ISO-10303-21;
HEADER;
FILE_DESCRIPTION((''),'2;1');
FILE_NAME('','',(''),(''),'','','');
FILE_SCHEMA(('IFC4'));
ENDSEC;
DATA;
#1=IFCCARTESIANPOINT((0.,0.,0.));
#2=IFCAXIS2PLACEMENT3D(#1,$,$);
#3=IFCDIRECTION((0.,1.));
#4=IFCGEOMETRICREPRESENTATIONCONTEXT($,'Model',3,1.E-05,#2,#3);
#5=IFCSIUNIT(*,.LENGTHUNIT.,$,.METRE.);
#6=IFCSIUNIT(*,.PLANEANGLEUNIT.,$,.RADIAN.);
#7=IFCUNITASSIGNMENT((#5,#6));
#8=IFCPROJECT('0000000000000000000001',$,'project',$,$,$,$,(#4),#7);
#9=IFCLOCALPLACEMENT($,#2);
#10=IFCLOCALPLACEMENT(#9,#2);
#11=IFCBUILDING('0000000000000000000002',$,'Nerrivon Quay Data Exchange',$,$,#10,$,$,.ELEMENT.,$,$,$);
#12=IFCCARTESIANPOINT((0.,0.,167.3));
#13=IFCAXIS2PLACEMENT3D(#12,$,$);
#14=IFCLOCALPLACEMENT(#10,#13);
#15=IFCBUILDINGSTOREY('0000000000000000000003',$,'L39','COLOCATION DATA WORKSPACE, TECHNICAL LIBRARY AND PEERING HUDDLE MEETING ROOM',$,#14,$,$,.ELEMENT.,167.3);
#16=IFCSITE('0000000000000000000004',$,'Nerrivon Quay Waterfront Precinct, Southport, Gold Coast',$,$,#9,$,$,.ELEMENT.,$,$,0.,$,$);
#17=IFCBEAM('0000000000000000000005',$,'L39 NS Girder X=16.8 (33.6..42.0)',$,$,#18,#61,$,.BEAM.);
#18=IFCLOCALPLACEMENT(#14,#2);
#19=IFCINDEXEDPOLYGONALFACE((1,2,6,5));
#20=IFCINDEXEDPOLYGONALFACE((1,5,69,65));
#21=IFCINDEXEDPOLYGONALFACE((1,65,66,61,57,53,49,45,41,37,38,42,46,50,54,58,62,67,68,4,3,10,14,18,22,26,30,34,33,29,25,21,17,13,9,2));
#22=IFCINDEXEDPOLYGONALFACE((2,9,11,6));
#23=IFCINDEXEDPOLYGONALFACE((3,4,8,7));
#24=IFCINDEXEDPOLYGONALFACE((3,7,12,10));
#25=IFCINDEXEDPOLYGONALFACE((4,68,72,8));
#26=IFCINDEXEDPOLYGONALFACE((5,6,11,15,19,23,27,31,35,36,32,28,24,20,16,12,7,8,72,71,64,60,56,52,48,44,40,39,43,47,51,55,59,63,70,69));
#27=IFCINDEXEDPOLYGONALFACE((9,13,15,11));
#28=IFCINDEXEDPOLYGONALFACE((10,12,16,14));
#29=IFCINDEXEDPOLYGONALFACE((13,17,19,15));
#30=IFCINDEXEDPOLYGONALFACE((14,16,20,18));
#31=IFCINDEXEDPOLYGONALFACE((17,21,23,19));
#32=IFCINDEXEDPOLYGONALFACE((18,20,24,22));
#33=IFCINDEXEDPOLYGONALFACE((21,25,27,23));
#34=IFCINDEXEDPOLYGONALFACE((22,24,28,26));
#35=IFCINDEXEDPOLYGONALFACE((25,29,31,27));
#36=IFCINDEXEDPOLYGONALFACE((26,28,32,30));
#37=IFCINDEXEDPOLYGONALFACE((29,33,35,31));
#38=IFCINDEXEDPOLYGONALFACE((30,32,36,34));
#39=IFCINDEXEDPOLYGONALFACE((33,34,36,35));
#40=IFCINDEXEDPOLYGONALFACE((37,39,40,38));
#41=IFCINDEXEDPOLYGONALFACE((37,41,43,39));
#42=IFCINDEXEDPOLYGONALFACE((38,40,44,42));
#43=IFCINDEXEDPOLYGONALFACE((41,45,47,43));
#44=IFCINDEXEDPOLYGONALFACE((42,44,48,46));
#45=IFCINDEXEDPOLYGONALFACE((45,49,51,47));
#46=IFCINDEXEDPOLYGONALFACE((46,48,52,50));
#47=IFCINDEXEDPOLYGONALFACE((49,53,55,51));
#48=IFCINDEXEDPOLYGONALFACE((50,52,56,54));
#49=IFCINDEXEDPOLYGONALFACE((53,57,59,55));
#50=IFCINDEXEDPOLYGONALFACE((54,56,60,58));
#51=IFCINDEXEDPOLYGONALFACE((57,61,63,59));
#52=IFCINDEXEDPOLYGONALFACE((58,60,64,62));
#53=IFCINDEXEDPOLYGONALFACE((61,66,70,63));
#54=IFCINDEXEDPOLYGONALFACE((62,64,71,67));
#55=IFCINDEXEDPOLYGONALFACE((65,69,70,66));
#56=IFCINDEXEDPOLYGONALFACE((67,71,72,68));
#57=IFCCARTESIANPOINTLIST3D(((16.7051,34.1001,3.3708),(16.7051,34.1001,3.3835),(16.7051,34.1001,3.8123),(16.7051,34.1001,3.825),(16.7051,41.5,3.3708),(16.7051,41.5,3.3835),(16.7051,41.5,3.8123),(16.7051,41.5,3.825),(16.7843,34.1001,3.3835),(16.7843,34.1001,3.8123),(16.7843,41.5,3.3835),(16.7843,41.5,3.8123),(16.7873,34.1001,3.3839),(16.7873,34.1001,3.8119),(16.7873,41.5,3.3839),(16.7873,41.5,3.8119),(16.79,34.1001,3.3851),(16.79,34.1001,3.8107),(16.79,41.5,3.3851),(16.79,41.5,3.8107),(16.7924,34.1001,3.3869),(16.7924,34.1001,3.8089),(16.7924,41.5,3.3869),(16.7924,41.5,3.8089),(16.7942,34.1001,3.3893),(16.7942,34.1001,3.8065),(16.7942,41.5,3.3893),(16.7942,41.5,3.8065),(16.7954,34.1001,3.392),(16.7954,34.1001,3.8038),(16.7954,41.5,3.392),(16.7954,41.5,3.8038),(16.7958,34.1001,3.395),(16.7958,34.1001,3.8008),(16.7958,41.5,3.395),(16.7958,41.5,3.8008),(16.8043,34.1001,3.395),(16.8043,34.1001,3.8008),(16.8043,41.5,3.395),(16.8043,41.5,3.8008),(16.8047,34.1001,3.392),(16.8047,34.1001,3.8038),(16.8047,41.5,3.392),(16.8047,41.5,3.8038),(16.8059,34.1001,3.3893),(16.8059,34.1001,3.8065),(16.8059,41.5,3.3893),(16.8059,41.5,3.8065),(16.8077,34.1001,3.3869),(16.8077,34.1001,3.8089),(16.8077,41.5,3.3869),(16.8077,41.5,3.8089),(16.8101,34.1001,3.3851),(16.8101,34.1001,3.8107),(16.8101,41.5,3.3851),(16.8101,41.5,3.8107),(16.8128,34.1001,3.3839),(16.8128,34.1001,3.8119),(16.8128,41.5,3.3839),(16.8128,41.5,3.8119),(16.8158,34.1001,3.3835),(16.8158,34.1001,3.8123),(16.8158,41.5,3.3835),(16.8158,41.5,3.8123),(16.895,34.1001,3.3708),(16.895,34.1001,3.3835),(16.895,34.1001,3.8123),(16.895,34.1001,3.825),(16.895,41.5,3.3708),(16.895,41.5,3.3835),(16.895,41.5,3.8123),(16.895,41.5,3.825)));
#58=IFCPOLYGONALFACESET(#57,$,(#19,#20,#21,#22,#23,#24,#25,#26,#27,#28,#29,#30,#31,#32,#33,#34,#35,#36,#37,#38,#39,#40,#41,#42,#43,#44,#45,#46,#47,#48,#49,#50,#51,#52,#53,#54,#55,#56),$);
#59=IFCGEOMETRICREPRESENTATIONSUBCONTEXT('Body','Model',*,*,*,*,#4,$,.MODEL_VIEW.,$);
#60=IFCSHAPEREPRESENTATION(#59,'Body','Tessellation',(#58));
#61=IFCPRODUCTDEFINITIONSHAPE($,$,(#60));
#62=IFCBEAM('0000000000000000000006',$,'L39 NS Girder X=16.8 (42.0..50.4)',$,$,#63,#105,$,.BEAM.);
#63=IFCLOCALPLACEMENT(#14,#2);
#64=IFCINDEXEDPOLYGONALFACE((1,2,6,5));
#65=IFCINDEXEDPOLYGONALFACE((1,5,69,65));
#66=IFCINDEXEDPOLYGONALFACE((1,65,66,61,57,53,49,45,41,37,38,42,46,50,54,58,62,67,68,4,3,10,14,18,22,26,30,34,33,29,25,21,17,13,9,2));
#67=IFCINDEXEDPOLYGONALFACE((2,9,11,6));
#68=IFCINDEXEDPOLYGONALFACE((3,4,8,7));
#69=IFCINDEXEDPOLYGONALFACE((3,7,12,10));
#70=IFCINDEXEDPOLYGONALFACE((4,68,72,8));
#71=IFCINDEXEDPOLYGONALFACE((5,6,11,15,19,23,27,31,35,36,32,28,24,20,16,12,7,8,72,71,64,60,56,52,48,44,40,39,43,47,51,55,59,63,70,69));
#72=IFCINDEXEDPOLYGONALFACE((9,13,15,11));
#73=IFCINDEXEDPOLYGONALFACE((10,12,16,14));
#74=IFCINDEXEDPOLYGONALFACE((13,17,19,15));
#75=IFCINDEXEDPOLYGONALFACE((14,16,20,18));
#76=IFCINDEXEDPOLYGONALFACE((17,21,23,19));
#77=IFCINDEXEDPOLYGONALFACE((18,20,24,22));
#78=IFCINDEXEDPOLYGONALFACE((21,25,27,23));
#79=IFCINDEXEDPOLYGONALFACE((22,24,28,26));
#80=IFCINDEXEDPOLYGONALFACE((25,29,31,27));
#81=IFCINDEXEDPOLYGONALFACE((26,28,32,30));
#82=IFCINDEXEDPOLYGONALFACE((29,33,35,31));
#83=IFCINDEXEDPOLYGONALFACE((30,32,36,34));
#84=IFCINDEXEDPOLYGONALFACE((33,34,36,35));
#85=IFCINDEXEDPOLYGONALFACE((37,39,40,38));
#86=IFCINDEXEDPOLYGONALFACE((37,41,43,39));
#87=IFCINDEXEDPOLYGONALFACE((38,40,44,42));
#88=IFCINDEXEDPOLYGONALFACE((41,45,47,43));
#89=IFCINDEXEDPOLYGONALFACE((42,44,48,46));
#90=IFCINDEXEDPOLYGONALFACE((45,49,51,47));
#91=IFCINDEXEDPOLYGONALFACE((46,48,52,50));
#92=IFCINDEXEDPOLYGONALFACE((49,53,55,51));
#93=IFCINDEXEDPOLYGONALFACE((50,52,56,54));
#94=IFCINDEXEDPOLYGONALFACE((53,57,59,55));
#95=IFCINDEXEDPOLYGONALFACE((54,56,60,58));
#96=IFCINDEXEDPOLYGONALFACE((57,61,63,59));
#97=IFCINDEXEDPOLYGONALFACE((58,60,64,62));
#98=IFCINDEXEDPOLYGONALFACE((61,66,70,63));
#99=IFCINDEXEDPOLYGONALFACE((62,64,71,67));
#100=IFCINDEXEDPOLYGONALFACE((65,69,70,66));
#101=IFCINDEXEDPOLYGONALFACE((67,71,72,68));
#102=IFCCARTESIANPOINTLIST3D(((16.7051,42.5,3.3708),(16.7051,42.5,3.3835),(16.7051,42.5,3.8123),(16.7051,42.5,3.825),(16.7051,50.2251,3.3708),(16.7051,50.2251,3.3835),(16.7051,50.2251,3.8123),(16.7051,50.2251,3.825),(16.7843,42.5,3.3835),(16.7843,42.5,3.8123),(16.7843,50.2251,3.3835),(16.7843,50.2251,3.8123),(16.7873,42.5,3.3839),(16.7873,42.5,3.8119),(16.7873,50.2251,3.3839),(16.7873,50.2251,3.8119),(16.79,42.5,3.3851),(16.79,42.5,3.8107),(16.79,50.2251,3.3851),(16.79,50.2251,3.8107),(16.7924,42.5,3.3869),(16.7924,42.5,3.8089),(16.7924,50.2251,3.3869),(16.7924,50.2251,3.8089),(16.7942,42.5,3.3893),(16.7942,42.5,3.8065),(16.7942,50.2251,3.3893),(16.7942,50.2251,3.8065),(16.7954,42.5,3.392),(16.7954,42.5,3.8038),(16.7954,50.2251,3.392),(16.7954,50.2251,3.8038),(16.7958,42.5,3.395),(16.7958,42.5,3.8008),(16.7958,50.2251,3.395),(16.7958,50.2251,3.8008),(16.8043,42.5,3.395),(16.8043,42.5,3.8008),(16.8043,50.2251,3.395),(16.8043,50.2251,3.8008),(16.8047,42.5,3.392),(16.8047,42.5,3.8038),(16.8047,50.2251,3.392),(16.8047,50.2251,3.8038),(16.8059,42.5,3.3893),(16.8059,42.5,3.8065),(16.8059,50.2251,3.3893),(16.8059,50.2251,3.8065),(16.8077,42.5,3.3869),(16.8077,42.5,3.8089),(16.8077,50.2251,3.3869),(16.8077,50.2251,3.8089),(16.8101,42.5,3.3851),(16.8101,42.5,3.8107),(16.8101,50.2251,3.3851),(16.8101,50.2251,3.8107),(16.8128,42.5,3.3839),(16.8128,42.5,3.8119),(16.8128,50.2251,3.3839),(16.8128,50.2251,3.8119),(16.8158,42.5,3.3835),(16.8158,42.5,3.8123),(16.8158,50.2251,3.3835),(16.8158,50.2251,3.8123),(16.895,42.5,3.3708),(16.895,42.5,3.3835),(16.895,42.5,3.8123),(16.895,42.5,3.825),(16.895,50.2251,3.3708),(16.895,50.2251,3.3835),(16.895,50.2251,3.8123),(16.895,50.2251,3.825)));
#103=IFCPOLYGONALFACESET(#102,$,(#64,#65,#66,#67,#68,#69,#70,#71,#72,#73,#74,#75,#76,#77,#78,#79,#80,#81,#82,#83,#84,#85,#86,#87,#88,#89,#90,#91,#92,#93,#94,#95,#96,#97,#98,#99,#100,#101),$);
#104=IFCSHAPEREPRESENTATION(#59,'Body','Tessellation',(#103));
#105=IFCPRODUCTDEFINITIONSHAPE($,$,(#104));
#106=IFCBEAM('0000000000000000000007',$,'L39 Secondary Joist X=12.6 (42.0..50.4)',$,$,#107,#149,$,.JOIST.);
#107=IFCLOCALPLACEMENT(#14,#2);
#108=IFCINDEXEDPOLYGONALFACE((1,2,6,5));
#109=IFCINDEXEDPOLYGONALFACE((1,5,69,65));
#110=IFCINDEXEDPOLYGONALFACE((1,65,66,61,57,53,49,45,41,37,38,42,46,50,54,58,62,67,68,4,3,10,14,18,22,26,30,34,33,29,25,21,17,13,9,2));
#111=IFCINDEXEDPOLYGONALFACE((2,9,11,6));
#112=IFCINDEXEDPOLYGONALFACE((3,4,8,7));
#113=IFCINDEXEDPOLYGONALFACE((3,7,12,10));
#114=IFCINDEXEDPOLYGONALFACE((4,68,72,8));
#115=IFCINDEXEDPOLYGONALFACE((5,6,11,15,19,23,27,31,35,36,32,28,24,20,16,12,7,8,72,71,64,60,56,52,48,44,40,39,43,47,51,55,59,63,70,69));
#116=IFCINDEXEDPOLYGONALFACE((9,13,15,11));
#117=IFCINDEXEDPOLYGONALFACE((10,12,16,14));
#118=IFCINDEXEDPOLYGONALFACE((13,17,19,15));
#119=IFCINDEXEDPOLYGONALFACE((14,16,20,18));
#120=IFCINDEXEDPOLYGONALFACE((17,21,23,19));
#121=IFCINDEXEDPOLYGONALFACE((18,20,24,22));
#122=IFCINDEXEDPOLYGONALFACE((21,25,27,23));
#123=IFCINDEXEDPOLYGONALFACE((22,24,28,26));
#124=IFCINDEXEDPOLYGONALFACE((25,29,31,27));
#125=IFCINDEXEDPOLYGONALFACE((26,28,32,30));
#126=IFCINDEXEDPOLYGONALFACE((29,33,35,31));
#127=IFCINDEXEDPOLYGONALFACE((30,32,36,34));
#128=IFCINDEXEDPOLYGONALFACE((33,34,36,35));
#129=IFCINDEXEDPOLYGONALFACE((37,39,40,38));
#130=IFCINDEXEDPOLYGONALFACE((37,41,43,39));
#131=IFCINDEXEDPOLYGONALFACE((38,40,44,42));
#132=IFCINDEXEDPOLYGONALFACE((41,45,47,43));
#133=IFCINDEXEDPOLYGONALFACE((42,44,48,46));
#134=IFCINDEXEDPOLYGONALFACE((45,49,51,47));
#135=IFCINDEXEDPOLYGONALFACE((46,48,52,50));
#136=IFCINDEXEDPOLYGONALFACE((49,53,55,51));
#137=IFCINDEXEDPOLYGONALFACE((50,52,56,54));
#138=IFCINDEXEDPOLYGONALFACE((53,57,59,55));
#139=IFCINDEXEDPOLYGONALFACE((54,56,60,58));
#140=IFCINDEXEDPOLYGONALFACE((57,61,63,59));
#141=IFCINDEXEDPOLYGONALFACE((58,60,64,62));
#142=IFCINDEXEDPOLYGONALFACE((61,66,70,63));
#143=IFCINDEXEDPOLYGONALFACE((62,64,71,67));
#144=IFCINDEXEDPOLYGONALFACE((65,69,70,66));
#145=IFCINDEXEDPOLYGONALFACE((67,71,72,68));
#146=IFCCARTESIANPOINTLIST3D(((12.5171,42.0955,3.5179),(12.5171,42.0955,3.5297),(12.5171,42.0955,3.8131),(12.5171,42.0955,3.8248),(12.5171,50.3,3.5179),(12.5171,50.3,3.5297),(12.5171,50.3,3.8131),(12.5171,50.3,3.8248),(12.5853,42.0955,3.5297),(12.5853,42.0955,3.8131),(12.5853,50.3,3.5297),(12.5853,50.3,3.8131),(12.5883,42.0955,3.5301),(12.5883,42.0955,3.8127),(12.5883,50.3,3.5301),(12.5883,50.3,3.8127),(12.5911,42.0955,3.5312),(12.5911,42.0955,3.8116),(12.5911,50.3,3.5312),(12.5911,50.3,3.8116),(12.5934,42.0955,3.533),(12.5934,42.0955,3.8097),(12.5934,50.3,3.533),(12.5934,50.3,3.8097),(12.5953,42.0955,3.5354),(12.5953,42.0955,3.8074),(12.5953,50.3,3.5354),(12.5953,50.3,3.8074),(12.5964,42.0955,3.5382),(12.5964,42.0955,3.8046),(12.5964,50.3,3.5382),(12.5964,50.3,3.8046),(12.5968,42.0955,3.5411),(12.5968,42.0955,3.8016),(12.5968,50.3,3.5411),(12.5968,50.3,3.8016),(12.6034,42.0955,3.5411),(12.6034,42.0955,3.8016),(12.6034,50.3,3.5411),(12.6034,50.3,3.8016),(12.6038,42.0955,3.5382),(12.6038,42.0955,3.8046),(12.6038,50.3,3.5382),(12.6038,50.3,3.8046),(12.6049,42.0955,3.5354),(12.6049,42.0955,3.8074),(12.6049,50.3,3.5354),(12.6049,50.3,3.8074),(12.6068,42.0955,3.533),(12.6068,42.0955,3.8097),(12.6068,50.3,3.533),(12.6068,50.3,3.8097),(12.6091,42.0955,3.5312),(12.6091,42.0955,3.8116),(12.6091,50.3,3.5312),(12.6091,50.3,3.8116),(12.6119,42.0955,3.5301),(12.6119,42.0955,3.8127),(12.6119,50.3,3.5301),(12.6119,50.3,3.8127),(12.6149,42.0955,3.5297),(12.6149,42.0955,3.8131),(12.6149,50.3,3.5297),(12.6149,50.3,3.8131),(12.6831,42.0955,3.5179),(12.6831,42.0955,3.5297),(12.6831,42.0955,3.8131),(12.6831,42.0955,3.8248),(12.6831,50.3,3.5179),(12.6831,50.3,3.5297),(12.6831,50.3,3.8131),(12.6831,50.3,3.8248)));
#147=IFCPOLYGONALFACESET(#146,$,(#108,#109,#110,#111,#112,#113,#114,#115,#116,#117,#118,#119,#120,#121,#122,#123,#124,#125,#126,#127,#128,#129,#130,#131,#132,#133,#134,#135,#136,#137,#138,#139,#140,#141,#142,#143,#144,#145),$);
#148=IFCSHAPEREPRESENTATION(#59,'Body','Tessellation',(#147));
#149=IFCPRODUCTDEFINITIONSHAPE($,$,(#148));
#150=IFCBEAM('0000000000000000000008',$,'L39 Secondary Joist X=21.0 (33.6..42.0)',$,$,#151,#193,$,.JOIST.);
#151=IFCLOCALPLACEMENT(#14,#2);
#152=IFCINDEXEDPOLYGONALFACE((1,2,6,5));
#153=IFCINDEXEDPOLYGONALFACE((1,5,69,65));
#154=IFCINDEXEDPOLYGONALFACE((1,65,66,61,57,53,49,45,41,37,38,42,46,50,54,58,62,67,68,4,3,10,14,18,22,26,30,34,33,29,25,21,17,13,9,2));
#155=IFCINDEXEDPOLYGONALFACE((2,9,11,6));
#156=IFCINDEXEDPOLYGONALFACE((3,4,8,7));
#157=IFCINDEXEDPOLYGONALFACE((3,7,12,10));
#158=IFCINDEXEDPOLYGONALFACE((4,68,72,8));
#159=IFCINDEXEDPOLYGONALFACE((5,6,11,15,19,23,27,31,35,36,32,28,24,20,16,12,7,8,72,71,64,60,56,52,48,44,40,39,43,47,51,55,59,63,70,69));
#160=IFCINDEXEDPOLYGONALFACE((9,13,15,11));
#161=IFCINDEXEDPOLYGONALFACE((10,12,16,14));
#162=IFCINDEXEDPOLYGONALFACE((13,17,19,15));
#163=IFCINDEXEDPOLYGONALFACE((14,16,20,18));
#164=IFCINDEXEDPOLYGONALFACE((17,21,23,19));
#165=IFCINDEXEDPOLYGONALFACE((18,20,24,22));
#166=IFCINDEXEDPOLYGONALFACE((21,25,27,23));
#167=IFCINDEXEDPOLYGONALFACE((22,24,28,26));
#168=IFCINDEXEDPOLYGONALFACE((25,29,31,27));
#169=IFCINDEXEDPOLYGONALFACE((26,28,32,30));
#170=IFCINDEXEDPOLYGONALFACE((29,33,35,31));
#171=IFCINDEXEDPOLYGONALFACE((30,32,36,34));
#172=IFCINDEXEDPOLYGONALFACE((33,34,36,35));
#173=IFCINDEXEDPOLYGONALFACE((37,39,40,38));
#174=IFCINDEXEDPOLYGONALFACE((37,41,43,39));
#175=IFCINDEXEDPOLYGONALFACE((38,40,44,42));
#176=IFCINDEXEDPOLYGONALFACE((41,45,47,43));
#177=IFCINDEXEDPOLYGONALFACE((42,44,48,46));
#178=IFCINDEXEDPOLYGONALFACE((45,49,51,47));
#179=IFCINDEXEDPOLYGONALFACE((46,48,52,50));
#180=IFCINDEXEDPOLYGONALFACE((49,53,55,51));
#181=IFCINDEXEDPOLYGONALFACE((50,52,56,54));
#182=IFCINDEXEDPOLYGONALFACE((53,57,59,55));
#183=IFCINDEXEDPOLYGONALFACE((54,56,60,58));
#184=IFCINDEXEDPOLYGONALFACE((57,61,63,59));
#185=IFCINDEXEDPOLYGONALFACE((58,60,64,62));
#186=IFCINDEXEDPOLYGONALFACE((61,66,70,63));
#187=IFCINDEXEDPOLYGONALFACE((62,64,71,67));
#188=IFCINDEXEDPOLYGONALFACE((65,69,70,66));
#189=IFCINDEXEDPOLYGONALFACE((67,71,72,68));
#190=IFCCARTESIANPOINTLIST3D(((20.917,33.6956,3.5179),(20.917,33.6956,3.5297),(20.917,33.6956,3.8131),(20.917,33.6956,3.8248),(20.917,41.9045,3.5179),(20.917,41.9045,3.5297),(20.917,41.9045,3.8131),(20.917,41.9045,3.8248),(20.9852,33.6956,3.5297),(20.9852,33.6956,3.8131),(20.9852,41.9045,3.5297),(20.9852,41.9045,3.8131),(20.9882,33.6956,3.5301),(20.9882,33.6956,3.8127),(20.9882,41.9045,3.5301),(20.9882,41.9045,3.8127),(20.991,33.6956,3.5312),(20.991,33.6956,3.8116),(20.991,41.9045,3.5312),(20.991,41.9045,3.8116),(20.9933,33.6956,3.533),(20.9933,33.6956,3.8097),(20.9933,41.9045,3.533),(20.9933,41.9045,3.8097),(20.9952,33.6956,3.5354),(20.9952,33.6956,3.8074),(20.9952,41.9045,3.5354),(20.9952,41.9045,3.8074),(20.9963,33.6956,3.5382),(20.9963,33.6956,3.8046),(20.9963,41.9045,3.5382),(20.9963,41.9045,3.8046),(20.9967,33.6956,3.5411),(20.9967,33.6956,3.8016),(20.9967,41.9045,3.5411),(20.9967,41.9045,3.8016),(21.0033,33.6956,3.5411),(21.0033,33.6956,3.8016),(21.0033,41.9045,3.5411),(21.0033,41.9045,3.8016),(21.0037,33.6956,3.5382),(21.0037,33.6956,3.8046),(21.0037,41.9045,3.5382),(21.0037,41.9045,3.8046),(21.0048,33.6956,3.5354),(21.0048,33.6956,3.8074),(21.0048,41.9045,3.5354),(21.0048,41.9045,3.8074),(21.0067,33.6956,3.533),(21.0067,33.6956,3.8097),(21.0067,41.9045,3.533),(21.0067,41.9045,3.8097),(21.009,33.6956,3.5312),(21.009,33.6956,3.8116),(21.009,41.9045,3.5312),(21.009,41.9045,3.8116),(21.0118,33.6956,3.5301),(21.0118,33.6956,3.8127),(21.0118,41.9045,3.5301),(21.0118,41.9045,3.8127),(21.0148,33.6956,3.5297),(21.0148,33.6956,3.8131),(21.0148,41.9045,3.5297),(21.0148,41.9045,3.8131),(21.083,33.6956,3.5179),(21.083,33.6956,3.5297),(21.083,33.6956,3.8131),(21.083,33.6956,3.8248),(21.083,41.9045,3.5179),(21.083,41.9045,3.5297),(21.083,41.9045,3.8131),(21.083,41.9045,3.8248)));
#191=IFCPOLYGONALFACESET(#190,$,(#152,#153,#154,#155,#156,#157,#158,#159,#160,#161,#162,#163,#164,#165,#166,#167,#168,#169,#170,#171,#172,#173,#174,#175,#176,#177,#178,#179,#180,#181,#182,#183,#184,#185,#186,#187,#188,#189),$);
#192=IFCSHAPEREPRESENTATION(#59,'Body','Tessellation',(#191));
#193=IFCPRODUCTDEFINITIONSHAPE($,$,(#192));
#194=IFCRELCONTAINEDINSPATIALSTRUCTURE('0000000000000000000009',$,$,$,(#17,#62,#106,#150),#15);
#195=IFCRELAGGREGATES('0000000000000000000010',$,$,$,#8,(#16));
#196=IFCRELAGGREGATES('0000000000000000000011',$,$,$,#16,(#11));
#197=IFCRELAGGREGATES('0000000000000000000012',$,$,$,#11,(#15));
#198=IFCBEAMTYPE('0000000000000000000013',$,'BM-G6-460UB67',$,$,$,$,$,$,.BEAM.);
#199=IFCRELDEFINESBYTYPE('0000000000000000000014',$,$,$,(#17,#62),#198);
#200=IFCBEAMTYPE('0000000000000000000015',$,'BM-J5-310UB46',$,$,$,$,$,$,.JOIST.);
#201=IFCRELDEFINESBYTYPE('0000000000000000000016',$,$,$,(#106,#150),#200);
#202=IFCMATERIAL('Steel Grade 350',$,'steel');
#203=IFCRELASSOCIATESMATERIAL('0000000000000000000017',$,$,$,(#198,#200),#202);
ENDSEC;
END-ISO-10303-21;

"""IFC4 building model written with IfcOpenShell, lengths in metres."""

from ifc_helpers import new_model, si_unit, direction, frame, origin, origin_2d, place, context, subcontext, project, spatial, i_section, extrude, material, material_profile, profile_set, type_object, element, save


model = new_model("IFC4")

# Units and contexts
model_context = context("Model", 3, precision=1e-05, world=origin(), true_north=direction((0.0, 1.0)))
body_context = subcontext(model_context, "Body", "Model", "MODEL_VIEW")
ifc_project = project(units=[si_unit("LENGTHUNIT", "METRE"), si_unit("PLANEANGLEUNIT", "RADIAN")], contexts=[model_context])

# Site, building, storey
site_placement = place(None, origin())
site = spatial("IfcSite", under=ifc_project, at=site_placement, Name="Nerrivon Quay Waterfront Precinct, Southport, Gold Coast", CompositionType="ELEMENT", RefElevation=0.0)
building_placement = place(site_placement, origin())
building = spatial("IfcBuilding", under=site, at=building_placement, Name="Nerrivon Quay Data Exchange", CompositionType="ELEMENT")
storey_placement = place(building_placement, frame((0.0, 0.0, 167.3)))
storey = spatial("IfcBuildingStorey", under=building, at=storey_placement, Name="L39", Description="COLOCATION DATA WORKSPACE, TECHNICAL LIBRARY AND PEERING HUDDLE MEETING ROOM", CompositionType="ELEMENT", Elevation=167.3)

# Shared definitions
ifc_material_1 = material(Name="Steel Grade 350", Category="steel")

# Beams
ifc_material_profile_1 = material_profile(ifc_material_1, i_section(OverallWidth=0.1899, OverallDepth=0.4541, WebThickness=0.0085, FlangeThickness=0.0127, FilletRadius=0.0115, at=origin_2d()), Name="460UB67.1")
ifc_profile_set_1 = profile_set([ifc_material_profile_1], Name="Steel Grade 350")
beam_type_1 = type_object("IfcBeamType", Name="BM-G6-460UB67", PredefinedType="BEAM", material=ifc_profile_set_1)
beam_1_placement = place(storey_placement, frame((16.8, 34.1001, 3.5979), z_axis=(0.0, 1.0, 0.0), x_axis=(-1.0, 0.0, 0.0)))
element("IfcBeam", 1, at=beam_1_placement, inside=storey, type_object=beam_type_1, Name="L39 NS Girder X=16.8 (33.6..42.0)", PredefinedType="BEAM", context=body_context, shape_type="SweptSolid", body=[
    extrude(i_section(OverallWidth=0.1899, OverallDepth=0.4541, WebThickness=0.0085, FlangeThickness=0.0127, FilletRadius=0.0115, at=origin_2d()), origin(), (0.0, 0.0, 1.0), 7.3999),
])
beam_2_placement = place(storey_placement, frame((16.8, 42.5, 3.5979), z_axis=(0.0, 1.0, 0.0), x_axis=(-1.0, 0.0, 0.0)))
element("IfcBeam", 2, at=beam_2_placement, inside=storey, type_object=beam_type_1, Name="L39 NS Girder X=16.8 (42.0..50.4)", PredefinedType="BEAM", context=body_context, shape_type="SweptSolid", body=[
    extrude(i_section(OverallWidth=0.1899, OverallDepth=0.4541, WebThickness=0.0085, FlangeThickness=0.0127, FilletRadius=0.0115, at=origin_2d()), origin(), (0.0, 0.0, 1.0), 7.7251),
])
ifc_material_profile_2 = material_profile(ifc_material_1, i_section(OverallWidth=0.166, OverallDepth=0.3069, WebThickness=0.0066, FlangeThickness=0.0117, FilletRadius=0.0115, at=origin_2d()), Name="310UB46.2")
ifc_profile_set_2 = profile_set([ifc_material_profile_2], Name="Steel Grade 350")
beam_type_2 = type_object("IfcBeamType", Name="BM-J5-310UB46", PredefinedType="JOIST", material=ifc_profile_set_2)
beam_3_placement = place(storey_placement, frame((12.6001, 42.0955, 3.6714), z_axis=(0.0, 1.0, 0.0), x_axis=(-1.0, 0.0, 0.0)))
element("IfcBeam", 3, at=beam_3_placement, inside=storey, type_object=beam_type_2, Name="L39 Secondary Joist X=12.6 (42.0..50.4)", PredefinedType="JOIST", context=body_context, shape_type="SweptSolid", body=[
    extrude(i_section(OverallWidth=0.166, OverallDepth=0.3069, WebThickness=0.0066, FlangeThickness=0.0117, FilletRadius=0.0115, at=origin_2d()), origin(), (0.0, 0.0, 1.0), 8.2046),
])
beam_4_placement = place(storey_placement, frame((21.0, 33.6956, 3.6714), z_axis=(0.0, 1.0, 0.0), x_axis=(-1.0, 0.0, 0.0)))
element("IfcBeam", 4, at=beam_4_placement, inside=storey, type_object=beam_type_2, Name="L39 Secondary Joist X=21.0 (33.6..42.0)", PredefinedType="JOIST", context=body_context, shape_type="SweptSolid", body=[
    extrude(i_section(OverallWidth=0.166, OverallDepth=0.3069, WebThickness=0.0066, FlangeThickness=0.0117, FilletRadius=0.0115, at=origin_2d()), origin(), (0.0, 0.0, 1.0), 8.209),
])

save(model, "model.ifc")
